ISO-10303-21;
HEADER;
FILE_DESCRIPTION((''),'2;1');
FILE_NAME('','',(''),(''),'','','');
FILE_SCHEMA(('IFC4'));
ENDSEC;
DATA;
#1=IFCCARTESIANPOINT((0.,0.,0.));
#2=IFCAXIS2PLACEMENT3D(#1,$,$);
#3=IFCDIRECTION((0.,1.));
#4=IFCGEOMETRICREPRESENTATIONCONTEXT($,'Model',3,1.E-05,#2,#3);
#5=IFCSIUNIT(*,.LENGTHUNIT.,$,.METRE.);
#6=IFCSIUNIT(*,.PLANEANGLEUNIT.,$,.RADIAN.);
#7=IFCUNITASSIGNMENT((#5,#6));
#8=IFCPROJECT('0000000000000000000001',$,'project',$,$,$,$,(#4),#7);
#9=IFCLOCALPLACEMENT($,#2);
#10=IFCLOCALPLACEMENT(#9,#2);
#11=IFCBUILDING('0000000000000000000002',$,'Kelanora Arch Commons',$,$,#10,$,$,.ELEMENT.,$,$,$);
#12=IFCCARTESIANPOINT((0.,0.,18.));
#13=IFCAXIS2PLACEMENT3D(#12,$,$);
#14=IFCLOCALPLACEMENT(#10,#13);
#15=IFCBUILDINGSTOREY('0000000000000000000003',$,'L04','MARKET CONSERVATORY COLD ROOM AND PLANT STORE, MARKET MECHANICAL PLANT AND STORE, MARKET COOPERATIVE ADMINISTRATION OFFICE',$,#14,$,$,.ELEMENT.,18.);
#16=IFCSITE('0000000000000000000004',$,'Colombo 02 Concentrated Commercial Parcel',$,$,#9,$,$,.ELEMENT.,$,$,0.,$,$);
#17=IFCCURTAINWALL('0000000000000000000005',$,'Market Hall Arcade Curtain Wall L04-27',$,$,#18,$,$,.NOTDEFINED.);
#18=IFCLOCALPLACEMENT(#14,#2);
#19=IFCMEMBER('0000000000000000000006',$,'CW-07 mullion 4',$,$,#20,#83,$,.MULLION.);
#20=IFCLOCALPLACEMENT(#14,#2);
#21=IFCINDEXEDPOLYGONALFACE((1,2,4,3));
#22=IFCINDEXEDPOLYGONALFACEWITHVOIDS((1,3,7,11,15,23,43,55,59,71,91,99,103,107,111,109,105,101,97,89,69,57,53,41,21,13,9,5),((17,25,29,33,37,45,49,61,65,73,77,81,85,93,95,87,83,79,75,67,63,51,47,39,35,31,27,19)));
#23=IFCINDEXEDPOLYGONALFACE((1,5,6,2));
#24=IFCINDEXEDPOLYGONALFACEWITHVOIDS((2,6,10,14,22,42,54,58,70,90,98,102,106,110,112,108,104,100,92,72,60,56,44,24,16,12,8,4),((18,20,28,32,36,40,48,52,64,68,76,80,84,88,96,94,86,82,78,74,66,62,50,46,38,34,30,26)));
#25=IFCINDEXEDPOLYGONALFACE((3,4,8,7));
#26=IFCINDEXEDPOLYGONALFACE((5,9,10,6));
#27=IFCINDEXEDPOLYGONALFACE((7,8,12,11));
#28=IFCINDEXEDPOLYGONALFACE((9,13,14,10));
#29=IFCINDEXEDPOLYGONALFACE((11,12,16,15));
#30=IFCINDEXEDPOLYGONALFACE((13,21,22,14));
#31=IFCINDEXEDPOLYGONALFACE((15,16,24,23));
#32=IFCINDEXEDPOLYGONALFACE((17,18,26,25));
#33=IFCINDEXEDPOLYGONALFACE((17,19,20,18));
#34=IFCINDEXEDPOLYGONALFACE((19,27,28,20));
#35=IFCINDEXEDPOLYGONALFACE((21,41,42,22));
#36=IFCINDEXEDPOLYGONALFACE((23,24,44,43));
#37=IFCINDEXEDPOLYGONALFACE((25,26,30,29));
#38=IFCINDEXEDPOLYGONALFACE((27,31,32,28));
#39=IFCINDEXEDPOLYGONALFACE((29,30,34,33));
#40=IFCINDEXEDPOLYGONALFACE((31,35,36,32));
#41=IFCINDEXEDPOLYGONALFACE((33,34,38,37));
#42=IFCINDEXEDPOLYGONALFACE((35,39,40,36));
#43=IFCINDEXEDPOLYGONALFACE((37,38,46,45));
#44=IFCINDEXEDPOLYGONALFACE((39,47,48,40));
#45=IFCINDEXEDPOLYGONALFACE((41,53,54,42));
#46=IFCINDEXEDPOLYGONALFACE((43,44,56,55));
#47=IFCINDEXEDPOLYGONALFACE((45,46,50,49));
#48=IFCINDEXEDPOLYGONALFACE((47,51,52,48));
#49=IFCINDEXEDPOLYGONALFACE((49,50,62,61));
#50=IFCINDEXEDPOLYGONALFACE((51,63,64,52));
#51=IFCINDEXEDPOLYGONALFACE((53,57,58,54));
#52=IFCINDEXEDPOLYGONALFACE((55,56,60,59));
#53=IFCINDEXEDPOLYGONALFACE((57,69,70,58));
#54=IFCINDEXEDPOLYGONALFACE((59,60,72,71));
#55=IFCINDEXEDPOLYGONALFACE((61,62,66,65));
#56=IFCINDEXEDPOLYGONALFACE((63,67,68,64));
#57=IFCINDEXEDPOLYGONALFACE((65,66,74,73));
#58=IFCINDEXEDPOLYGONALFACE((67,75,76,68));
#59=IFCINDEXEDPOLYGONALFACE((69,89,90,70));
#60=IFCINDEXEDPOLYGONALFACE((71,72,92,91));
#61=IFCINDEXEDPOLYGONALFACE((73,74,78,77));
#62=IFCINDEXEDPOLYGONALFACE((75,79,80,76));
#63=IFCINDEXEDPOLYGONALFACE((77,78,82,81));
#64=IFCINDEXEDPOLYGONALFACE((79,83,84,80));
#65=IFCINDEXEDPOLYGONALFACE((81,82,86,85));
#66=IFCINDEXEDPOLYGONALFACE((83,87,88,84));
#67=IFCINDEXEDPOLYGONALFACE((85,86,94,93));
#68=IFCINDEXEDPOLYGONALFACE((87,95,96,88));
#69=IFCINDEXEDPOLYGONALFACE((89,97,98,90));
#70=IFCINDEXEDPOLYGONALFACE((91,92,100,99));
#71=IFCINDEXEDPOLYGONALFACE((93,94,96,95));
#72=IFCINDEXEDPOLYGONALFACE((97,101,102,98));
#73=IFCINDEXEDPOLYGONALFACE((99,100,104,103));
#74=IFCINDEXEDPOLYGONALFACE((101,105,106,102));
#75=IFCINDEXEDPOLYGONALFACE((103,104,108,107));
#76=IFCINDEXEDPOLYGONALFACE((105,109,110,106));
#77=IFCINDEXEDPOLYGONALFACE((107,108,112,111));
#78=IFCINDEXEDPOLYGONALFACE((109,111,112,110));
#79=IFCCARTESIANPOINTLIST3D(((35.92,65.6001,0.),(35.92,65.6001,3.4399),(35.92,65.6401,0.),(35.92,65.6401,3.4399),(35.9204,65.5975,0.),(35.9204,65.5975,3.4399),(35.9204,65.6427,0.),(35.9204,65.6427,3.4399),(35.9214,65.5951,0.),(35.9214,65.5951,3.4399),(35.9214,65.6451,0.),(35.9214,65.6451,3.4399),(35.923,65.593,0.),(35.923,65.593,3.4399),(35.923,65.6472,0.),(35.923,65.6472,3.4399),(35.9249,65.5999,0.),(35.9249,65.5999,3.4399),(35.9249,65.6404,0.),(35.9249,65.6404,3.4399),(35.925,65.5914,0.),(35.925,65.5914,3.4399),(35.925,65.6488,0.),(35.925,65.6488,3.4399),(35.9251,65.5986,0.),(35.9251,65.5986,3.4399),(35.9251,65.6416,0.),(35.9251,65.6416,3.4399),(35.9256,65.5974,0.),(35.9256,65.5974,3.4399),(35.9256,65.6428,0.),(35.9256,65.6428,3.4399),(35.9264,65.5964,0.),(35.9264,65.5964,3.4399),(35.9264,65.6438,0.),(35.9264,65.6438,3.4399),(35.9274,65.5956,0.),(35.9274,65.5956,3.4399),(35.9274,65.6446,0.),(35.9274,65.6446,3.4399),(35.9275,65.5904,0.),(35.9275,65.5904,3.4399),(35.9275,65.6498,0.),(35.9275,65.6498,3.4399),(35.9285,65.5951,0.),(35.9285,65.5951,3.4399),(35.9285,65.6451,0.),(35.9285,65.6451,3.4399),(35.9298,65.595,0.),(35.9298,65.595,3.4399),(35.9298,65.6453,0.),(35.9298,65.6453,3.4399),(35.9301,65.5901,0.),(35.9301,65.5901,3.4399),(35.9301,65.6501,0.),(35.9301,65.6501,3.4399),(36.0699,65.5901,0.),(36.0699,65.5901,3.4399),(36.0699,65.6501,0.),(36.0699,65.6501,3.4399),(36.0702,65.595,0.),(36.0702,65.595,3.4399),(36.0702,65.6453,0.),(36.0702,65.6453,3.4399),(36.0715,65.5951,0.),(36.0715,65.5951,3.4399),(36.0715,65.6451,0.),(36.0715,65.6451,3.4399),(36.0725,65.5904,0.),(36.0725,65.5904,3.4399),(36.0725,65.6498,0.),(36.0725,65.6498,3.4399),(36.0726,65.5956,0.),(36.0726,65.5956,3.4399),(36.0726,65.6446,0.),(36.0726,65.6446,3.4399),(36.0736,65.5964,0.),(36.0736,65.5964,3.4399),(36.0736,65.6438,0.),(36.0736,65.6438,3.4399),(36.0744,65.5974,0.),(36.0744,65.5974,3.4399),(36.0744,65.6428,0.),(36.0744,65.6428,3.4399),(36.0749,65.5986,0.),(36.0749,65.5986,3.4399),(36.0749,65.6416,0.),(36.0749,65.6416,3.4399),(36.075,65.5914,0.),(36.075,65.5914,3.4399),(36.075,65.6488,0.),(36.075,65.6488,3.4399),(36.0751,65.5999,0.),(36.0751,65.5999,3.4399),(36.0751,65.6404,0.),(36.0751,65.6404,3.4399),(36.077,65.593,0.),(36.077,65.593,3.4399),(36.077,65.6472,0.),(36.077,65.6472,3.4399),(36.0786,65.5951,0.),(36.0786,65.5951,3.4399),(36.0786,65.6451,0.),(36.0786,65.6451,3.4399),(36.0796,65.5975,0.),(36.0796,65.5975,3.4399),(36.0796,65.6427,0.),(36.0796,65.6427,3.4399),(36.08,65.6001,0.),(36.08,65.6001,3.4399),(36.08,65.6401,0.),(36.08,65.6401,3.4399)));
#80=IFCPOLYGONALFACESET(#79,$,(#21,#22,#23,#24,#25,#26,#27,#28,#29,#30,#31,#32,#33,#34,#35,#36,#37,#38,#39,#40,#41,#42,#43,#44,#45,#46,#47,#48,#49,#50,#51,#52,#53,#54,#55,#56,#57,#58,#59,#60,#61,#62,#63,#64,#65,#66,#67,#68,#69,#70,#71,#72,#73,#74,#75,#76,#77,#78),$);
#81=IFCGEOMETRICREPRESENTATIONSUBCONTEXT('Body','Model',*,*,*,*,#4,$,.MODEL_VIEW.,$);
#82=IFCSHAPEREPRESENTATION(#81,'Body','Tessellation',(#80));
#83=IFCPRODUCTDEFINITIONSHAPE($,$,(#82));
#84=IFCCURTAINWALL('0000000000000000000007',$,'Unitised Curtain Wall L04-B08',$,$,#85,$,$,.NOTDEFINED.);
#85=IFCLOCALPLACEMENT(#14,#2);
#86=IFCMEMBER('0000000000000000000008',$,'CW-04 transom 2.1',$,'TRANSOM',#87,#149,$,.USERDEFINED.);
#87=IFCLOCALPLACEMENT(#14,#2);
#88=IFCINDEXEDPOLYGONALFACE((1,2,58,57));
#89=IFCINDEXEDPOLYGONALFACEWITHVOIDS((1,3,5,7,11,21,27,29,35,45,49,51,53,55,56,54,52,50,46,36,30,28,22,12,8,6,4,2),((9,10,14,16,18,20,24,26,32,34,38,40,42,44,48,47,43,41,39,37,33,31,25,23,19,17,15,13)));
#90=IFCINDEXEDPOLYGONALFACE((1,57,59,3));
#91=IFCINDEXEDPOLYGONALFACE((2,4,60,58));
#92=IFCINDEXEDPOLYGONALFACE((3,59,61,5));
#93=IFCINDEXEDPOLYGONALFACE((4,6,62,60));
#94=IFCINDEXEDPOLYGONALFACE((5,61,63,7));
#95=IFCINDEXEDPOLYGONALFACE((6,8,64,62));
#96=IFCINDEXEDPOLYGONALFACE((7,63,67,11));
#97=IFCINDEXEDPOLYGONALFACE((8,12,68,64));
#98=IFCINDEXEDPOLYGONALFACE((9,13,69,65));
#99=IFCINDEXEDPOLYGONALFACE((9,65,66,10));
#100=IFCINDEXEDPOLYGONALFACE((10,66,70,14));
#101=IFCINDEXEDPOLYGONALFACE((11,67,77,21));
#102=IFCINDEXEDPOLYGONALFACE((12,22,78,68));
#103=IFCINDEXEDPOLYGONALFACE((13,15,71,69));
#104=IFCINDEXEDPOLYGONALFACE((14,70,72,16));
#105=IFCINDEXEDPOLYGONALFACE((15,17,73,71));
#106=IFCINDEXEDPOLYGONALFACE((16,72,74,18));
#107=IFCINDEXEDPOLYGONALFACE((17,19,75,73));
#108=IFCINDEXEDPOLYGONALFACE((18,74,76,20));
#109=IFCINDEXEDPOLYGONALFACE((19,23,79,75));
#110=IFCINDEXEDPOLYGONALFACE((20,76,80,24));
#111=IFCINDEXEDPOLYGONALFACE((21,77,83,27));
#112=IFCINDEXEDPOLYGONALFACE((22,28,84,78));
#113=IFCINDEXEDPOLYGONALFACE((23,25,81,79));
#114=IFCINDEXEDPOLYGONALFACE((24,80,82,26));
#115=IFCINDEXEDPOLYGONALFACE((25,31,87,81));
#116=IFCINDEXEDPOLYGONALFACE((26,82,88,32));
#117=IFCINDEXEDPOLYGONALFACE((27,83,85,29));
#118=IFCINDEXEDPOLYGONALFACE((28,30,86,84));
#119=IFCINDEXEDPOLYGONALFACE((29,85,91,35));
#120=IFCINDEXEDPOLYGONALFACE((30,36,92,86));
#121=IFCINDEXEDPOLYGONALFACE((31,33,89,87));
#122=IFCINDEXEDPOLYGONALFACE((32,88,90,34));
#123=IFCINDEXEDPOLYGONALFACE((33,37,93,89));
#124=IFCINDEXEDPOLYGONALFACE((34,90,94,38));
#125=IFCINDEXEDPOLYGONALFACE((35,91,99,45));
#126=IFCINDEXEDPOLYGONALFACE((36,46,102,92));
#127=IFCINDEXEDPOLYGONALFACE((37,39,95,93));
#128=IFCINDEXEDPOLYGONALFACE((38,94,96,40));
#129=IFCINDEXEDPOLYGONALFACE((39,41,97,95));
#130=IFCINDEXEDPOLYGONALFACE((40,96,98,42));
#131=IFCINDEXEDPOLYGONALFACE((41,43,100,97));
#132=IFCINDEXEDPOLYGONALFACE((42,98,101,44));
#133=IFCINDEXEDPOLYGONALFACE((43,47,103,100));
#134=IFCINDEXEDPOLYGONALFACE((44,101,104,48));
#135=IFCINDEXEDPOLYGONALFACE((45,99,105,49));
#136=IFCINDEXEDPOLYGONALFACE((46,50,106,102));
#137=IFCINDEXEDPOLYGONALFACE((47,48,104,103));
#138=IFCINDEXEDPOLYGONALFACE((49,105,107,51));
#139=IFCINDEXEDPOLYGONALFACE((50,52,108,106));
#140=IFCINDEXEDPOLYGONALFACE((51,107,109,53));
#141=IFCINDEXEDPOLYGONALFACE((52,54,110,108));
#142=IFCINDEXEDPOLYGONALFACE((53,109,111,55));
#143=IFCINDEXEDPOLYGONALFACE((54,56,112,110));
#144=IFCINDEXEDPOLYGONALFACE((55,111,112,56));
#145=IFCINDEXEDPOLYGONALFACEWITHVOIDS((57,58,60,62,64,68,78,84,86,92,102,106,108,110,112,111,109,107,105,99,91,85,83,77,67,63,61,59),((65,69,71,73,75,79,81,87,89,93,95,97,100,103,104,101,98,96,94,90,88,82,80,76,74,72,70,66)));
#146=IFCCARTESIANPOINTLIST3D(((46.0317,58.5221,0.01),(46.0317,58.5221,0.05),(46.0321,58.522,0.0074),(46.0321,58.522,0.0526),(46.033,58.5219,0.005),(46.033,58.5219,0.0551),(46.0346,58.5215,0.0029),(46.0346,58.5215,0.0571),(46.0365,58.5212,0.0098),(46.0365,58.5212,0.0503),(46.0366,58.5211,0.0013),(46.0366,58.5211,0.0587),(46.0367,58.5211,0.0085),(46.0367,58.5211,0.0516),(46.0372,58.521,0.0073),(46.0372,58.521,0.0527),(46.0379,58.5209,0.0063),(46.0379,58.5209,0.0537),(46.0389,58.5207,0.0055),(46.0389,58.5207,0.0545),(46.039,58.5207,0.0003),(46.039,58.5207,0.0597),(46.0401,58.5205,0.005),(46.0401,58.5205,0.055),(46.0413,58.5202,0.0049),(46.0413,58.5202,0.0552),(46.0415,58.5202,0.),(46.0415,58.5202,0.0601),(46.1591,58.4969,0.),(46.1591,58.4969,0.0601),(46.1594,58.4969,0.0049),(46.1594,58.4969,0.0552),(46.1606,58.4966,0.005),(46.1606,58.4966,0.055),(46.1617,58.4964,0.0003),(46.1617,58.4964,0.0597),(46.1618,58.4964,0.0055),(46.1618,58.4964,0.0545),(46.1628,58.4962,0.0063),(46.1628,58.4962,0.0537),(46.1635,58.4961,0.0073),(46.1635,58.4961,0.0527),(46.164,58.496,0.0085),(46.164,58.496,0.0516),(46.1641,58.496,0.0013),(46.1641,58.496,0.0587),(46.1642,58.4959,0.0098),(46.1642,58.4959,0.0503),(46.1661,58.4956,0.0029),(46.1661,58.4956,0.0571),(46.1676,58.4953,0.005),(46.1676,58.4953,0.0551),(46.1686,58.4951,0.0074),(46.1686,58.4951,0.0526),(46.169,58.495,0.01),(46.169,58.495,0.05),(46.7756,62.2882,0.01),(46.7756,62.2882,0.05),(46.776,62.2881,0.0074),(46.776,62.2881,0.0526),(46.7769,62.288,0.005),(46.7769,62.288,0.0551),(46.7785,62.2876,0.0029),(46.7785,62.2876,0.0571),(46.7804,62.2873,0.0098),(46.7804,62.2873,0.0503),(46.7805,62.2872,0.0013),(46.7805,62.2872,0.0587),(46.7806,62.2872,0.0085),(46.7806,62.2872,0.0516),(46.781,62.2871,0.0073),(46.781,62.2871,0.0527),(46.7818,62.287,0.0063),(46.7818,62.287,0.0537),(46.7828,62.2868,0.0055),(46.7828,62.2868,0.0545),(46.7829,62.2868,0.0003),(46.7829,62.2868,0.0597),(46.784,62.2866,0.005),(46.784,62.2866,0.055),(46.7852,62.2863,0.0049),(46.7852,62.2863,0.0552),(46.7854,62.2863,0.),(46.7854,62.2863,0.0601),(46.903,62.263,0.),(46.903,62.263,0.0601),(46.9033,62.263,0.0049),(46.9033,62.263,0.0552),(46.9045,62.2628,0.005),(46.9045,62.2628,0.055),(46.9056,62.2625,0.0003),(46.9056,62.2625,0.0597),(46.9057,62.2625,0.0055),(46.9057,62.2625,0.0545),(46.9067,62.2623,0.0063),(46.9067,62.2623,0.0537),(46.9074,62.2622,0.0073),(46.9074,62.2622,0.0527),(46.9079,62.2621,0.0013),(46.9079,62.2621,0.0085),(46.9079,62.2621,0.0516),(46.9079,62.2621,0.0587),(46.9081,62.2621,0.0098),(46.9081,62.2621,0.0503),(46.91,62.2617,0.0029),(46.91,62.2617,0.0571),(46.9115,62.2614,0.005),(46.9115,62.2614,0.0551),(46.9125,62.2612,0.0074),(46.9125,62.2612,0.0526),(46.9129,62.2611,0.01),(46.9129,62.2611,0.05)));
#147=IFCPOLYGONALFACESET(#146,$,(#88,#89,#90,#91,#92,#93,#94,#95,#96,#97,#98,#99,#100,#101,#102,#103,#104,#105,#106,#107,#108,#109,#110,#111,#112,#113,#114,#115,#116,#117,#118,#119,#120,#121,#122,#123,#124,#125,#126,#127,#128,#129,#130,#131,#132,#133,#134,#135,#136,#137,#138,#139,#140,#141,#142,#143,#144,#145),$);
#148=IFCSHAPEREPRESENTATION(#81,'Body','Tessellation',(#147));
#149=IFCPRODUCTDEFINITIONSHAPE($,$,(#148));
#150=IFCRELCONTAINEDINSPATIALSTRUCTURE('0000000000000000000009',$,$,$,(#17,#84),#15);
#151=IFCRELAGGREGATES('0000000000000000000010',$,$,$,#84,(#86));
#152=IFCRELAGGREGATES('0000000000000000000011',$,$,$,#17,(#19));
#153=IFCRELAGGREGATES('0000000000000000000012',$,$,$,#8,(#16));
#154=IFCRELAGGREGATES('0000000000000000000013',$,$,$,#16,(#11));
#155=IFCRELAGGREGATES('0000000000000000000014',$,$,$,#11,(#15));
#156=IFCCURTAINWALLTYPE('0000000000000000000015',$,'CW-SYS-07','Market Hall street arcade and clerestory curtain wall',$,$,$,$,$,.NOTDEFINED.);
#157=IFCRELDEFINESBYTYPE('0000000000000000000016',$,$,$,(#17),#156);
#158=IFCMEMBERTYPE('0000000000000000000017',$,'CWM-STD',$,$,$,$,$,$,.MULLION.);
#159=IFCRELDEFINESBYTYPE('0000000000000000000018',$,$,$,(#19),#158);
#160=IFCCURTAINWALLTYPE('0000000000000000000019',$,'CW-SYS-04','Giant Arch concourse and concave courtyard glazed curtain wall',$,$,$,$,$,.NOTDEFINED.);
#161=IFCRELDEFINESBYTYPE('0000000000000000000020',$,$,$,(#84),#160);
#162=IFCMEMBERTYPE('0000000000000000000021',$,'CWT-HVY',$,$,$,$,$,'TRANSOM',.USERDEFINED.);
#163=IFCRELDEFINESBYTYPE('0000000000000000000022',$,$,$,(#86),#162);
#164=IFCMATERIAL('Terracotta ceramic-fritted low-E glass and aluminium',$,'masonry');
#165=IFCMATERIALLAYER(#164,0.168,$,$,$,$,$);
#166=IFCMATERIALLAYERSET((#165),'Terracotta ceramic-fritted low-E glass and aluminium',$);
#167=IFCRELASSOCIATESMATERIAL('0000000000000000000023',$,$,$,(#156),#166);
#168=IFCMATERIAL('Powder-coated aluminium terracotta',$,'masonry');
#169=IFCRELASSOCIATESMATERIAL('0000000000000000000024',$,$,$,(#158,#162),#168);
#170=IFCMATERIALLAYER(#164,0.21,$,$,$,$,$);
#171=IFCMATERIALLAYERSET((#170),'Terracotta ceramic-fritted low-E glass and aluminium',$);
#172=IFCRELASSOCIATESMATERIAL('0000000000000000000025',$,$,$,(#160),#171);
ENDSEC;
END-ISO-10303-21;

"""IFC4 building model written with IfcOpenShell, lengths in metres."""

from ifc_helpers import new_model, si_unit, direction, frame, origin, origin_2d, place, context, subcontext, project, spatial, hollow_rectangle, extrude, material, layer, layer_set, material_profile, profile_set, type_object, element, aggregate, save


model = new_model("IFC4")

# Units and contexts
model_context = context("Model", 3, precision=1e-05, world=origin(), true_north=direction((0.0, 1.0)))
body_context = subcontext(model_context, "Body", "Model", "MODEL_VIEW")
ifc_project = project(units=[si_unit("LENGTHUNIT", "METRE"), si_unit("PLANEANGLEUNIT", "RADIAN")], contexts=[model_context])

# Site, building, storey
site_placement = place(None, origin())
site = spatial("IfcSite", under=ifc_project, at=site_placement, Name="Colombo 02 Concentrated Commercial Parcel", CompositionType="ELEMENT", RefElevation=0.0)
building_placement = place(site_placement, origin())
building = spatial("IfcBuilding", under=site, at=building_placement, Name="Kelanora Arch Commons", CompositionType="ELEMENT")
storey_placement = place(building_placement, frame((0.0, 0.0, 18.0)))
storey = spatial("IfcBuildingStorey", under=building, at=storey_placement, Name="L04", Description="MARKET CONSERVATORY COLD ROOM AND PLANT STORE, MARKET MECHANICAL PLANT AND STORE, MARKET COOPERATIVE ADMINISTRATION OFFICE", CompositionType="ELEMENT", Elevation=18.0)

# Curtain walls, members
ifc_material_1 = material(Name="Terracotta ceramic-fritted low-E glass and aluminium", Category="masonry")
ifc_layer_1 = layer(ifc_material_1, 0.168)
ifc_layer_set_1 = layer_set([ifc_layer_1], Name="Terracotta ceramic-fritted low-E glass and aluminium")
curtain_wall_type_1 = type_object("IfcCurtainWallType", Name="CW-SYS-07", Description="Market Hall street arcade and clerestory curtain wall", PredefinedType="NOTDEFINED", material=ifc_layer_set_1)
curtain_wall_1_placement = place(storey_placement, origin())
curtain_wall_1 = element("IfcCurtainWall", 1, at=curtain_wall_1_placement, inside=storey, type_object=curtain_wall_type_1, Name="Market Hall Arcade Curtain Wall L04-27", PredefinedType="NOTDEFINED")
ifc_material_2 = material(Name="Powder-coated aluminium terracotta", Category="masonry")
ifc_material_profile_1 = material_profile(ifc_material_2, hollow_rectangle(XDim=0.1599, YDim=0.0601, WallThickness=0.0049, InnerFilletRadius=0.0049, OuterFilletRadius=0.01, at=origin_2d()), Name="CWM160x60")
ifc_profile_set_1 = profile_set([ifc_material_profile_1], Name="Powder-coated aluminium terracotta")
member_type_1 = type_object("IfcMemberType", Name="CWM-STD", PredefinedType="MULLION", material=ifc_profile_set_1)
member_1_placement = place(storey_placement, frame((36.0, 65.6201, 0.0), z_axis=(0.0, 0.0, 1.0), x_axis=(-1.0, 0.0, 0.0)))
member_1 = element("IfcMember", 2, at=member_1_placement, type_object=member_type_1, Name="CW-07 mullion 4", PredefinedType="MULLION", context=body_context, shape_type="SweptSolid", body=[
    extrude(hollow_rectangle(XDim=0.1599, YDim=0.0601, WallThickness=0.0049, InnerFilletRadius=0.0049, OuterFilletRadius=0.01, at=origin_2d()), origin(), (0.0, 0.0, 1.0), 3.4399),
])
ifc_layer_2 = layer(ifc_material_1, 0.21)
ifc_layer_set_2 = layer_set([ifc_layer_2], Name="Terracotta ceramic-fritted low-E glass and aluminium")
curtain_wall_type_2 = type_object("IfcCurtainWallType", Name="CW-SYS-04", Description="Giant Arch concourse and concave courtyard glazed curtain wall", PredefinedType="NOTDEFINED", material=ifc_layer_set_2)
curtain_wall_2_placement = place(storey_placement, origin())
curtain_wall_2 = element("IfcCurtainWall", 3, at=curtain_wall_2_placement, inside=storey, type_object=curtain_wall_type_2, Name="Unitised Curtain Wall L04-B08", PredefinedType="NOTDEFINED")
ifc_material_profile_2 = material_profile(ifc_material_2, hollow_rectangle(XDim=0.1399, YDim=0.0601, WallThickness=0.0049, InnerFilletRadius=0.0049, OuterFilletRadius=0.01, at=origin_2d()), Name="CWT140x60")
ifc_profile_set_2 = profile_set([ifc_material_profile_2], Name="Powder-coated aluminium terracotta")
member_type_2 = type_object("IfcMemberType", Name="CWT-HVY", ElementType="TRANSOM", PredefinedType="USERDEFINED", material=ifc_profile_set_2)
member_2_placement = place(storey_placement, frame((46.8442, 62.2747, 0.03), z_axis=(-0.19378, -0.981045, 0.0), x_axis=(0.981045, -0.19378, 0.0)))
member_2 = element("IfcMember", 4, at=member_2_placement, type_object=member_type_2, Name="CW-04 transom 2.1", ObjectType="TRANSOM", PredefinedType="USERDEFINED", context=body_context, shape_type="SweptSolid", body=[
    extrude(hollow_rectangle(XDim=0.1399, YDim=0.0601, WallThickness=0.0049, InnerFilletRadius=0.0049, OuterFilletRadius=0.01, at=origin_2d()), origin(), (0.0, 0.0, 1.0), 3.8389),
])

aggregate(curtain_wall_2, [member_2])
aggregate(curtain_wall_1, [member_1])

save(model, "model.ifc")
